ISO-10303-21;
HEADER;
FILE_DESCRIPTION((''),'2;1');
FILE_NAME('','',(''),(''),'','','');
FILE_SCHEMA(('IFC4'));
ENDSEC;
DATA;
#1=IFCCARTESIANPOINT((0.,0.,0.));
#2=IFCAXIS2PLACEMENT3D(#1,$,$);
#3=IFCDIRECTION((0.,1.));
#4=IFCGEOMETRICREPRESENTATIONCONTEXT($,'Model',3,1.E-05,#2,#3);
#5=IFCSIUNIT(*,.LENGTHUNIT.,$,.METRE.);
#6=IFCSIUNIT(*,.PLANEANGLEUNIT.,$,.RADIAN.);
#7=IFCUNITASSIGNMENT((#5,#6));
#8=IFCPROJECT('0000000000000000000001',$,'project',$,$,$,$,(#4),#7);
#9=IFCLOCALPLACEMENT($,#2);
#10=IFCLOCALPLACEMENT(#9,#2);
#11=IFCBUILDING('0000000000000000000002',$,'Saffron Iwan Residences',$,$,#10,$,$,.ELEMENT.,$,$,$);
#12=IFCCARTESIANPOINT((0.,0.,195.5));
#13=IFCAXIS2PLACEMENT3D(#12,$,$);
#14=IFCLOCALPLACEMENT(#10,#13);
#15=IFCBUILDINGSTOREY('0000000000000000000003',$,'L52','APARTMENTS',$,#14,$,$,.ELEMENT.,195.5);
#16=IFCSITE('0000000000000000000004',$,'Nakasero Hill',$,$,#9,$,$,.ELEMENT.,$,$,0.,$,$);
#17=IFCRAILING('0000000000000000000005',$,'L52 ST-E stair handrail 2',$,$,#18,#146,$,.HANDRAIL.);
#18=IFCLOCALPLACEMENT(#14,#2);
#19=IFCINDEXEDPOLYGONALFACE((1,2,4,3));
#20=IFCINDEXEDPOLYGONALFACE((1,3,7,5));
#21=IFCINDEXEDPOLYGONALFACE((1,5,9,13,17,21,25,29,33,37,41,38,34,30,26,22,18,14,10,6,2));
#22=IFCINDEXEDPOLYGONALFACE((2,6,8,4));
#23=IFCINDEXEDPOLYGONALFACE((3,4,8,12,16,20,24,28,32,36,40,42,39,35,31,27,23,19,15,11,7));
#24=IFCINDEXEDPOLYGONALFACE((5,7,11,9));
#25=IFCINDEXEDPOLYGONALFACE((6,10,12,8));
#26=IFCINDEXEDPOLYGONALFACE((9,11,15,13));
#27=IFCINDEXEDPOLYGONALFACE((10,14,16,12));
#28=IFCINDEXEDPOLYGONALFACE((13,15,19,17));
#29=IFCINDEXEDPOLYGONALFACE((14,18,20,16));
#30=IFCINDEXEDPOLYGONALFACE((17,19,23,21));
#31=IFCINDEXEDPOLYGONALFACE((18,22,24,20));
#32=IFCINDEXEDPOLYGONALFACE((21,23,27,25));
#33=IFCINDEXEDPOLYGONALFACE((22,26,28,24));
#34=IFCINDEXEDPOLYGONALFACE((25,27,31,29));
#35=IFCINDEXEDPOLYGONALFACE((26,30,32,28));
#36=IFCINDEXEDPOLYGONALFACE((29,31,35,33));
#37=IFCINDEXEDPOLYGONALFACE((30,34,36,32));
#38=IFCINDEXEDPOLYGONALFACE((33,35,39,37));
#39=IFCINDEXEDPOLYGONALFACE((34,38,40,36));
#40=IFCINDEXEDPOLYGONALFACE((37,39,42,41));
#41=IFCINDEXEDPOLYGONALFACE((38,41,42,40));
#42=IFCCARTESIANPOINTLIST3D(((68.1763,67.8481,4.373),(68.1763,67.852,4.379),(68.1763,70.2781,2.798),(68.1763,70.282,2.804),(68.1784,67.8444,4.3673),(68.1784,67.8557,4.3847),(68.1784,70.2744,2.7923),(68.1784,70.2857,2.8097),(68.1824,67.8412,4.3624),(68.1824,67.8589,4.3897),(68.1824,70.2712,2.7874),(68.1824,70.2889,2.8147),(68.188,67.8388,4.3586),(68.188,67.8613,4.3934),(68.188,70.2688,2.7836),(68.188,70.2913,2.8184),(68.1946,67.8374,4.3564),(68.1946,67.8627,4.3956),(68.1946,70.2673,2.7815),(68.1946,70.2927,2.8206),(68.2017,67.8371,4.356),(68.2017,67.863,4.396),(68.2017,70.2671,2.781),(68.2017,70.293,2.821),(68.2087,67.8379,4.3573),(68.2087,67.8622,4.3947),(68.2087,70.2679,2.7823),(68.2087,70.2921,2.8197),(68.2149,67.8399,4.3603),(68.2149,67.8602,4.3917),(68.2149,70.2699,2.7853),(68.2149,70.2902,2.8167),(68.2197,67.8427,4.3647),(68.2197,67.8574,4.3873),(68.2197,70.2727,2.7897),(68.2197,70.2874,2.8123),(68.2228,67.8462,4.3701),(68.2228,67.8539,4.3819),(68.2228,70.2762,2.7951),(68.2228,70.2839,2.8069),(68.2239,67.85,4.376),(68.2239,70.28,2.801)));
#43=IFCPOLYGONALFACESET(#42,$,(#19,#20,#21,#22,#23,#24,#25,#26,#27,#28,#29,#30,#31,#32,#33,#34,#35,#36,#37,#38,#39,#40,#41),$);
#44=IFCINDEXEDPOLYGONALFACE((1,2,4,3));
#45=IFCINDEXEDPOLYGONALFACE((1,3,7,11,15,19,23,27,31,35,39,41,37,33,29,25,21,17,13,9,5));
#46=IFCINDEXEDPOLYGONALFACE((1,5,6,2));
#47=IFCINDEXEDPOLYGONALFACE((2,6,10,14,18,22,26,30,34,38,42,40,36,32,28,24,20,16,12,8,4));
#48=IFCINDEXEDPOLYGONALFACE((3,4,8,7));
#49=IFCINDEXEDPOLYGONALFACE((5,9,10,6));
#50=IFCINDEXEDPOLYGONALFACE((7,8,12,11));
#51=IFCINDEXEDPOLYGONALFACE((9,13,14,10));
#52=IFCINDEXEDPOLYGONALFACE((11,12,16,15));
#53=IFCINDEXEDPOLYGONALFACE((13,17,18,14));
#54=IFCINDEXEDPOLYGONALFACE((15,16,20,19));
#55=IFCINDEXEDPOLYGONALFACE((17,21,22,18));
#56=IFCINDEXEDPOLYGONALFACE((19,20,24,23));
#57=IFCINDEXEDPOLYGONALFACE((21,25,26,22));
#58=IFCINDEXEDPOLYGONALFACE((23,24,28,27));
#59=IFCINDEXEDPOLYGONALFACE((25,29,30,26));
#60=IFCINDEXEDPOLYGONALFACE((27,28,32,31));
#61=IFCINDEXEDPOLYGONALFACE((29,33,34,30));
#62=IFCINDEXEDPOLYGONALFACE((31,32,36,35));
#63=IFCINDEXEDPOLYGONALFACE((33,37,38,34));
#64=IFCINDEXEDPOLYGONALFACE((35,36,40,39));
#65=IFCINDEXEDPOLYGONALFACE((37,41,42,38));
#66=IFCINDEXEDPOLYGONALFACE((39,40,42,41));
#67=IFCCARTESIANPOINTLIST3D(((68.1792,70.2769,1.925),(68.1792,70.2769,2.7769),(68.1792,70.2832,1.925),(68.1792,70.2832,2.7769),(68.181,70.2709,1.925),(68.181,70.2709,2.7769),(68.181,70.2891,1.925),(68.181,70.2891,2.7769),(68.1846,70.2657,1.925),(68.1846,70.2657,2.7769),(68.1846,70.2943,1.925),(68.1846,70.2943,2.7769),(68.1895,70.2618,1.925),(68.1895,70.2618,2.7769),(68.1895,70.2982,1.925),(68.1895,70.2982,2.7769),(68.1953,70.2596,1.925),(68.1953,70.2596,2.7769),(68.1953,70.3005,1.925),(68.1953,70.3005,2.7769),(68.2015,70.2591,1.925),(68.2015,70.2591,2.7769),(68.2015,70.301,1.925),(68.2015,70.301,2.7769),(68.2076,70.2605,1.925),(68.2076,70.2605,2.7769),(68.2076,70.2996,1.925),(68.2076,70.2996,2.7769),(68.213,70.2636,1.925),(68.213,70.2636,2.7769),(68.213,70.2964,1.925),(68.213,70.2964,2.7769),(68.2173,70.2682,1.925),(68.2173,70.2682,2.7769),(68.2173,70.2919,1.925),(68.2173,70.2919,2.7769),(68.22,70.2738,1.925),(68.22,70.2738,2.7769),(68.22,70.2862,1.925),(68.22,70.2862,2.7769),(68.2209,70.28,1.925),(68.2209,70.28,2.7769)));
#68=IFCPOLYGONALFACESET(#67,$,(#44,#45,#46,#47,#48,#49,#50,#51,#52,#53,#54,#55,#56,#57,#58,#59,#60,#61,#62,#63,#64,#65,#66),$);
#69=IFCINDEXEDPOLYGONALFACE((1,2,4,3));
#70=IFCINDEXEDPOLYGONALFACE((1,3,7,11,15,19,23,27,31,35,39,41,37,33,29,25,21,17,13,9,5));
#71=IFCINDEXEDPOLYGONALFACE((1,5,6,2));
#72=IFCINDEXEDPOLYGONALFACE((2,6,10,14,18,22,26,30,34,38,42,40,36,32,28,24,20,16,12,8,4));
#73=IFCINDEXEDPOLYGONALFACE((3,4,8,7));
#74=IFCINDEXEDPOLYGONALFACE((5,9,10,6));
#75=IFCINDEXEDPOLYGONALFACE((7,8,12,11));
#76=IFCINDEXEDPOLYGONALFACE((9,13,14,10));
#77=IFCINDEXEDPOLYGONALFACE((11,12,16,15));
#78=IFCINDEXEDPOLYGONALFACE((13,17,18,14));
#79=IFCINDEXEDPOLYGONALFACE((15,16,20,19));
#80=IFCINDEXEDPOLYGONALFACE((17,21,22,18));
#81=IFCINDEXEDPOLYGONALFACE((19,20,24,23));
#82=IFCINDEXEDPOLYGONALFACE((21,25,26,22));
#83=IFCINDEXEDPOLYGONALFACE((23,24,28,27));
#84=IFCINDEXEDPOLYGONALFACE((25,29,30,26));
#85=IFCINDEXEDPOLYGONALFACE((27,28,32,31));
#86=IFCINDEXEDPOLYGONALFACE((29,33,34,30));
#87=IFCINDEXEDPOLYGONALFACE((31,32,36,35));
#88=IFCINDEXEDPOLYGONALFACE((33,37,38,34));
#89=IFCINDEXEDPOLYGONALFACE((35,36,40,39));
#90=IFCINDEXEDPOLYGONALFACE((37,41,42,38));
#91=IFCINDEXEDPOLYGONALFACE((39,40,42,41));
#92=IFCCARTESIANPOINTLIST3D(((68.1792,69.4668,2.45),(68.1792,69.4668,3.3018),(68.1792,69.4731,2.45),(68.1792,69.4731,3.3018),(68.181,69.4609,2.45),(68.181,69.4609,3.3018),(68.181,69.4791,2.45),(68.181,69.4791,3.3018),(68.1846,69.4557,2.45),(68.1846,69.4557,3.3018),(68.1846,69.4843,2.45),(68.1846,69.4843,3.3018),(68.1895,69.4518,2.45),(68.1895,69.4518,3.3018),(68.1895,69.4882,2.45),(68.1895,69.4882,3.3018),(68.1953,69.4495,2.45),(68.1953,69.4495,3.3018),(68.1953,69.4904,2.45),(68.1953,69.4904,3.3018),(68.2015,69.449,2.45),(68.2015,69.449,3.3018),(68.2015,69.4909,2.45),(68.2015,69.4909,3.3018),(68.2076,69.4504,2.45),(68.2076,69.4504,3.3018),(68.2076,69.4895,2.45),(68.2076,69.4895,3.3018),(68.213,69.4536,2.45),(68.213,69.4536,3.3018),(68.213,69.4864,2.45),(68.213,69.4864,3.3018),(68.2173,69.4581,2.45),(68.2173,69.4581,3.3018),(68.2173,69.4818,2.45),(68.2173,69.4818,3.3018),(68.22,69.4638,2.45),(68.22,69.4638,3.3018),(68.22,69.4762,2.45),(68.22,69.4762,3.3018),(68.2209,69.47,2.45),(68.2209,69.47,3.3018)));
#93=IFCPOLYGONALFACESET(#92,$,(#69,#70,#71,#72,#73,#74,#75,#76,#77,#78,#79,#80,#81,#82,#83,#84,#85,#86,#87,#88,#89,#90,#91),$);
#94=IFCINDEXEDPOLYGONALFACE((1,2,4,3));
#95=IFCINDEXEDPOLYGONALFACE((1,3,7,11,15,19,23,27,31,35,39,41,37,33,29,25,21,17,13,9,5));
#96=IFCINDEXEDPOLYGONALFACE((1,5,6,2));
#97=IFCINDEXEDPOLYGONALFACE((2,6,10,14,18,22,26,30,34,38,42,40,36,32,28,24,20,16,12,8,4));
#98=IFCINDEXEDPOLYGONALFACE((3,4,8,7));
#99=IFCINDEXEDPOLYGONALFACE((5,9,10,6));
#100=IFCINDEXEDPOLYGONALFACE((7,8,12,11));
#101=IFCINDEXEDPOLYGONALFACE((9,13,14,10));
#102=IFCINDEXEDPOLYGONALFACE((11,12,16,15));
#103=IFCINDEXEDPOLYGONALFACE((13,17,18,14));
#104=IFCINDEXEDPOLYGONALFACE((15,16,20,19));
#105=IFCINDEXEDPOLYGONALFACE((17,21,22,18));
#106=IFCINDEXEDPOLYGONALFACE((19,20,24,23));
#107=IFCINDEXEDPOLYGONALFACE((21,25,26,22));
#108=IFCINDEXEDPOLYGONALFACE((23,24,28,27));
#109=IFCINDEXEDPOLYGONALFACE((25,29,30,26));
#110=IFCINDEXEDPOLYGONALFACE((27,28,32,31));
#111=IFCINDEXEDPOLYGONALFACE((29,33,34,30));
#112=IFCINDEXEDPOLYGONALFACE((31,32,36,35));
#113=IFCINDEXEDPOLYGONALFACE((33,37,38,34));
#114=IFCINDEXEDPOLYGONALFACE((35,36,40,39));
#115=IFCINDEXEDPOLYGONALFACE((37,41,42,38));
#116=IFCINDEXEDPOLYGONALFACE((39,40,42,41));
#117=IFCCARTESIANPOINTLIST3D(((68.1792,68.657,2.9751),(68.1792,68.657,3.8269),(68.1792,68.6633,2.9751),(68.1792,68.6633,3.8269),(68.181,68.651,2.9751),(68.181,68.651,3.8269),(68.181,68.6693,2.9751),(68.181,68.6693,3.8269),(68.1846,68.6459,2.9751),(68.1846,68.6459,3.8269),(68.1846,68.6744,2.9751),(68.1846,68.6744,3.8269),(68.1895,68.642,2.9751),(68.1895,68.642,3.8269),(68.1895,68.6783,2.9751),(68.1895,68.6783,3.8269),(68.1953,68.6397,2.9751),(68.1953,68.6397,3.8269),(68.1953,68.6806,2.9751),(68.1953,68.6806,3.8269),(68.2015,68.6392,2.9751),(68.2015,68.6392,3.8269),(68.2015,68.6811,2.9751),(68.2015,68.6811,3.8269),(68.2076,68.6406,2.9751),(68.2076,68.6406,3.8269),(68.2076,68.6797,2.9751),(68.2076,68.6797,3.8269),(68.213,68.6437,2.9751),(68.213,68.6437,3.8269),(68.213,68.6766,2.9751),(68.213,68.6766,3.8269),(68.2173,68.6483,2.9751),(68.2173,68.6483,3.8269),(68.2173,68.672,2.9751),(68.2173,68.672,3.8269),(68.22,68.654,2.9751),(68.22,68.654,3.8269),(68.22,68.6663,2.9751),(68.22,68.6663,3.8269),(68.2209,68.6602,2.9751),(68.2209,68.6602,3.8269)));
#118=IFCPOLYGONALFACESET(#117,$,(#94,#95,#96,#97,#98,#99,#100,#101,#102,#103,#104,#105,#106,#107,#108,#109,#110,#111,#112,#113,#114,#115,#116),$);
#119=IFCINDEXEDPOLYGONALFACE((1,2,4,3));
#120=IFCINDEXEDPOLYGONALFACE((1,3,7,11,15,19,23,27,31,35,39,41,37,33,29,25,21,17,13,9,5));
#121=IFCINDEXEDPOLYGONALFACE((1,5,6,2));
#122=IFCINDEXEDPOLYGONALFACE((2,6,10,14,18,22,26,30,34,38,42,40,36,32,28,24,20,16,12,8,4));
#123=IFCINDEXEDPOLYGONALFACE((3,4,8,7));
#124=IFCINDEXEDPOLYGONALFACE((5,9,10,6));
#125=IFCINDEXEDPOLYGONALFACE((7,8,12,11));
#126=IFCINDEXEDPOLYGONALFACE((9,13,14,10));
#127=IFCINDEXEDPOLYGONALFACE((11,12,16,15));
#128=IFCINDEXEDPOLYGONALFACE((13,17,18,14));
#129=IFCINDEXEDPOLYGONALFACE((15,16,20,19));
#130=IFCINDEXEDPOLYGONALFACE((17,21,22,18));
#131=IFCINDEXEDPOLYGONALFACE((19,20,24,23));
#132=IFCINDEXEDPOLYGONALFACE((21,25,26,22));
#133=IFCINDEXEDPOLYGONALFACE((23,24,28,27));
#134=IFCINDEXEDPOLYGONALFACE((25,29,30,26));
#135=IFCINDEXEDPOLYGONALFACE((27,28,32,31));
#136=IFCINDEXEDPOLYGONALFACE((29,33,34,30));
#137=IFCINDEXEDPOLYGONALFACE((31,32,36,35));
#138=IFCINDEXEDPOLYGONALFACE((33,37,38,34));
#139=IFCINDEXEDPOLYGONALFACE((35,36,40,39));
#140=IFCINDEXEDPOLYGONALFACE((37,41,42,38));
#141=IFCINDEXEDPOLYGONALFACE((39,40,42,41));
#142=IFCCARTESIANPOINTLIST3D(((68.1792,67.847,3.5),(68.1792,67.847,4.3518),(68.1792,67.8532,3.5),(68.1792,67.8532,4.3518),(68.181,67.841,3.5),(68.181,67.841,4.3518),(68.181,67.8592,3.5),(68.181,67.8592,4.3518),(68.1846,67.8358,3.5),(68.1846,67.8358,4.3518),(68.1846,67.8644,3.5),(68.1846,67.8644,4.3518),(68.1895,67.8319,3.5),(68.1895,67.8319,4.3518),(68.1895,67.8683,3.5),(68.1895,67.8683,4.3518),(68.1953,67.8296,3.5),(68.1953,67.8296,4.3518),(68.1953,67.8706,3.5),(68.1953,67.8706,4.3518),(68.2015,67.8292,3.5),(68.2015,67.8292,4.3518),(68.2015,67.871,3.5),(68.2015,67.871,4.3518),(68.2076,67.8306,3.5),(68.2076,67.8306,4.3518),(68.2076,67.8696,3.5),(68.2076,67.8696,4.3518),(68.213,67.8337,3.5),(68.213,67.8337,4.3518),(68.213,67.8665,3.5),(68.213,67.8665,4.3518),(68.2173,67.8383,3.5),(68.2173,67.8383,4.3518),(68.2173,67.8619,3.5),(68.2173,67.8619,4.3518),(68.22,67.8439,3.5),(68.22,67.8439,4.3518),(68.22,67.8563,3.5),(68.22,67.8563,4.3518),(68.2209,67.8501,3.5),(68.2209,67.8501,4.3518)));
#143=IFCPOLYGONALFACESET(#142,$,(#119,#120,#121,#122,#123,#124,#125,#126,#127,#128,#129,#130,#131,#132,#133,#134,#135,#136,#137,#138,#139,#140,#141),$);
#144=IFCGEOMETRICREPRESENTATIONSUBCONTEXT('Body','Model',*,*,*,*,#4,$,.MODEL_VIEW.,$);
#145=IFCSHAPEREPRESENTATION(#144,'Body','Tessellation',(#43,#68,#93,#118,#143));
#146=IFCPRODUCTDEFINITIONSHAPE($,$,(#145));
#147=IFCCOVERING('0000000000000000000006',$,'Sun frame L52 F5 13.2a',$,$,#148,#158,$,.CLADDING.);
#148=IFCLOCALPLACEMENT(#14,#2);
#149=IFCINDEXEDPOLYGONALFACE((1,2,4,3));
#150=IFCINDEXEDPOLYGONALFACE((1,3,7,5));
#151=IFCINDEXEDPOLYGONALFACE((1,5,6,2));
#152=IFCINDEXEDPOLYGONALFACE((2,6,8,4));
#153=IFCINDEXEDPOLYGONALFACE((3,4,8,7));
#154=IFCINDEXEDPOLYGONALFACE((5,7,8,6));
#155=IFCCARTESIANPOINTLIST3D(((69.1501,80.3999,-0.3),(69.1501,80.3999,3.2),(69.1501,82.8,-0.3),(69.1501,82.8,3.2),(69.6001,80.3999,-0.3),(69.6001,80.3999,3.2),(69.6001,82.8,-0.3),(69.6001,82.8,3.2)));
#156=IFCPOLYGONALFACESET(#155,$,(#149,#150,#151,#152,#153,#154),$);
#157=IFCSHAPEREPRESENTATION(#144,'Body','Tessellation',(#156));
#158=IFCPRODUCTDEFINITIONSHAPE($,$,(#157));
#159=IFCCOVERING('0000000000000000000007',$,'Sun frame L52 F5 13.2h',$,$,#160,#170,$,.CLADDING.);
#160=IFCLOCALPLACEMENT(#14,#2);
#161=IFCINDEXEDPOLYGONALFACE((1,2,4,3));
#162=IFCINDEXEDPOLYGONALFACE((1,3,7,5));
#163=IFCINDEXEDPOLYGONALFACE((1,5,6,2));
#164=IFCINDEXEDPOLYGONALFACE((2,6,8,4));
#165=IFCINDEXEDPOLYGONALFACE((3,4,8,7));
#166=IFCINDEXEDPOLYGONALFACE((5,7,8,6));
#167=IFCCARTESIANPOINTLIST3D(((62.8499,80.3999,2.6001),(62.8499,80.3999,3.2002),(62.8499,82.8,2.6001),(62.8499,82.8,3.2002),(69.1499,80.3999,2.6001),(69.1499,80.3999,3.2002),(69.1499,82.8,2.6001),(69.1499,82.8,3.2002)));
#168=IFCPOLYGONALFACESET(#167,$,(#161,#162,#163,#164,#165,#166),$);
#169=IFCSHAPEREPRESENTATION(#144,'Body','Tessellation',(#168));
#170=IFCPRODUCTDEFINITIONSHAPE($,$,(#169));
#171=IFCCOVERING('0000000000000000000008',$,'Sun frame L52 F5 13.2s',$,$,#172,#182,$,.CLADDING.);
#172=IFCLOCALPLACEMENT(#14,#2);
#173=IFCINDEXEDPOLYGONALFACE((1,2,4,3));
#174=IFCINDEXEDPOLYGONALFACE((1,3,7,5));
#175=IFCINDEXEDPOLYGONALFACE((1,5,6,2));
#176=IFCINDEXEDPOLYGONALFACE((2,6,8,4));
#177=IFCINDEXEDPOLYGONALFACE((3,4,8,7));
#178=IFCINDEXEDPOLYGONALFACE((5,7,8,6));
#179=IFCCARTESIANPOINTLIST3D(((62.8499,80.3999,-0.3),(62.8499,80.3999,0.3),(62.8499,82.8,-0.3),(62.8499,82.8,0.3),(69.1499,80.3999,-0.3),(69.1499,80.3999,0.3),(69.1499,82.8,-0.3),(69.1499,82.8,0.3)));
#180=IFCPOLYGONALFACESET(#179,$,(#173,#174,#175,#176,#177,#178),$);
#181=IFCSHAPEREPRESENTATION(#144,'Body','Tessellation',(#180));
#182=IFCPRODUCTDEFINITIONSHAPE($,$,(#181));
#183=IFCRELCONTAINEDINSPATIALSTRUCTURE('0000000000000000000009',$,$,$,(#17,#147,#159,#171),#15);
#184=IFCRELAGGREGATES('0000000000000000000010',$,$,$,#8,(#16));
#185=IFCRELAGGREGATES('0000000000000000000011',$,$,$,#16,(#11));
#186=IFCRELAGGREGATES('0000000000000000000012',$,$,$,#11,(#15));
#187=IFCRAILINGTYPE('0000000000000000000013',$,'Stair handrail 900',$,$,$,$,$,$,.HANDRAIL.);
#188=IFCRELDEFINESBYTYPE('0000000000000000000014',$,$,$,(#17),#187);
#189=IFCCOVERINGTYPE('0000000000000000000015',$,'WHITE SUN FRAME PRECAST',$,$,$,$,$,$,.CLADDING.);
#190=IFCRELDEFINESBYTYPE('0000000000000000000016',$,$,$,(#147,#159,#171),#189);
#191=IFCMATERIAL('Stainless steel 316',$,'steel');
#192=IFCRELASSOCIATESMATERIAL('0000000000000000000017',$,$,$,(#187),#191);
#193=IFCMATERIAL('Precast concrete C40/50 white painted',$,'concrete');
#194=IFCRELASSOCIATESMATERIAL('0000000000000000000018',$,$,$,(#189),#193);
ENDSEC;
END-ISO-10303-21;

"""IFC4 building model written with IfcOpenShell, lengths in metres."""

from ifc_helpers import new_model, si_unit, direction, frame, origin, origin_2d, place, context, subcontext, project, spatial, polyline, circle, outline, extrude, material, type_object, element, save


model = new_model("IFC4")

# Units and contexts
model_context = context("Model", 3, precision=1e-05, world=origin(), true_north=direction((0.0, 1.0)))
body_context = subcontext(model_context, "Body", "Model", "MODEL_VIEW")
ifc_project = project(units=[si_unit("LENGTHUNIT", "METRE"), si_unit("PLANEANGLEUNIT", "RADIAN")], contexts=[model_context])

# Site, building, storey
site_placement = place(None, origin())
site = spatial("IfcSite", under=ifc_project, at=site_placement, Name="Nakasero Hill", CompositionType="ELEMENT", RefElevation=0.0)
building_placement = place(site_placement, origin())
building = spatial("IfcBuilding", under=site, at=building_placement, Name="Saffron Iwan Residences", CompositionType="ELEMENT")
storey_placement = place(building_placement, frame((0.0, 0.0, 195.5)))
storey = spatial("IfcBuildingStorey", under=building, at=storey_placement, Name="L52", Description="APARTMENTS", CompositionType="ELEMENT", Elevation=195.5)

# Railing
ifc_material_1 = material(Name="Stainless steel 316", Category="steel")
railing_type_1 = type_object("IfcRailingType", Name="Stair handrail 900", PredefinedType="HANDRAIL", material=ifc_material_1)
railing_1_placement = place(storey_placement, frame((68.2, 70.28, 1.925)))
element("IfcRailing", 1, at=railing_1_placement, inside=storey, type_object=railing_type_1, Name="L52 ST-E stair handrail 2", PredefinedType="HANDRAIL", context=body_context, shape_type="SweptSolid", body=[
    extrude(circle(Radius=0.0239, at=origin_2d()), frame((0.0, 0.0, 0.876), z_axis=(0.0, -0.839154, 0.543894), x_axis=(1.0, 0.0, 0.0)), (0.0, 0.0, 1.0), 2.8958),
    extrude(circle(Radius=0.021, at=origin_2d()), origin(), (0.0, 0.0, 1.0), 0.8518),
    extrude(circle(Radius=0.021, at=origin_2d()), frame((0.0, -0.8101, 0.5249)), (0.0, 0.0, 1.0), 0.8518),
    extrude(circle(Radius=0.021, at=origin_2d()), frame((0.0, -1.6199, 1.05)), (0.0, 0.0, 1.0), 0.8518),
    extrude(circle(Radius=0.021, at=origin_2d()), frame((0.0, -2.4299, 1.575)), (0.0, 0.0, 1.0), 0.8518),
])

# Coverings
ifc_material_2 = material(Name="Precast concrete C40/50 white painted", Category="concrete")
covering_type = type_object("IfcCoveringType", Name="WHITE SUN FRAME PRECAST", PredefinedType="CLADDING", material=ifc_material_2)
covering_placement = place(storey_placement, frame((69.6001, 80.3999, -0.3), z_axis=(0.0, 1.0, 0.0), x_axis=(-1.0, 0.0, 0.0)))
element("IfcCovering", 2, at=covering_placement, inside=storey, type_object=covering_type, Name="Sun frame L52 F5 13.2a", PredefinedType="CLADDING", context=body_context, shape_type="SweptSolid", body=[
    extrude(outline(polyline([(0.0, 0.0), (0.45, 0.0), (0.45, 3.5), (0.0, 3.5), (0.0, 0.0)])), origin(), (0.0, 0.0, 1.0), 2.4001),
])
for number, where, z_axis, x_axis, name in (
    (3, (69.1499, 80.3999, 2.6001), (0.0, 1.0, 0.0), (-1.0, 0.0, 0.0), "Sun frame L52 F5 13.2h"),
    (4, (69.1499, 80.3999, -0.3), (0.0, 1.0, 0.0), (-1.0, 0.0, 0.0), "Sun frame L52 F5 13.2s"),
):
    element("IfcCovering", number, at=place(storey_placement, frame(where, z_axis=z_axis, x_axis=x_axis)), inside=storey, type_object=covering_type, Name=name, PredefinedType="CLADDING", context=body_context, shape_type="SweptSolid", body=[
        extrude(outline(polyline([(0.0, 0.0), (6.3, 0.0), (6.3, 0.6001), (0.0, 0.6001), (0.0, 0.0)])), origin(), (0.0, 0.0, 1.0), 2.4001),
    ])

save(model, "model.ifc")
